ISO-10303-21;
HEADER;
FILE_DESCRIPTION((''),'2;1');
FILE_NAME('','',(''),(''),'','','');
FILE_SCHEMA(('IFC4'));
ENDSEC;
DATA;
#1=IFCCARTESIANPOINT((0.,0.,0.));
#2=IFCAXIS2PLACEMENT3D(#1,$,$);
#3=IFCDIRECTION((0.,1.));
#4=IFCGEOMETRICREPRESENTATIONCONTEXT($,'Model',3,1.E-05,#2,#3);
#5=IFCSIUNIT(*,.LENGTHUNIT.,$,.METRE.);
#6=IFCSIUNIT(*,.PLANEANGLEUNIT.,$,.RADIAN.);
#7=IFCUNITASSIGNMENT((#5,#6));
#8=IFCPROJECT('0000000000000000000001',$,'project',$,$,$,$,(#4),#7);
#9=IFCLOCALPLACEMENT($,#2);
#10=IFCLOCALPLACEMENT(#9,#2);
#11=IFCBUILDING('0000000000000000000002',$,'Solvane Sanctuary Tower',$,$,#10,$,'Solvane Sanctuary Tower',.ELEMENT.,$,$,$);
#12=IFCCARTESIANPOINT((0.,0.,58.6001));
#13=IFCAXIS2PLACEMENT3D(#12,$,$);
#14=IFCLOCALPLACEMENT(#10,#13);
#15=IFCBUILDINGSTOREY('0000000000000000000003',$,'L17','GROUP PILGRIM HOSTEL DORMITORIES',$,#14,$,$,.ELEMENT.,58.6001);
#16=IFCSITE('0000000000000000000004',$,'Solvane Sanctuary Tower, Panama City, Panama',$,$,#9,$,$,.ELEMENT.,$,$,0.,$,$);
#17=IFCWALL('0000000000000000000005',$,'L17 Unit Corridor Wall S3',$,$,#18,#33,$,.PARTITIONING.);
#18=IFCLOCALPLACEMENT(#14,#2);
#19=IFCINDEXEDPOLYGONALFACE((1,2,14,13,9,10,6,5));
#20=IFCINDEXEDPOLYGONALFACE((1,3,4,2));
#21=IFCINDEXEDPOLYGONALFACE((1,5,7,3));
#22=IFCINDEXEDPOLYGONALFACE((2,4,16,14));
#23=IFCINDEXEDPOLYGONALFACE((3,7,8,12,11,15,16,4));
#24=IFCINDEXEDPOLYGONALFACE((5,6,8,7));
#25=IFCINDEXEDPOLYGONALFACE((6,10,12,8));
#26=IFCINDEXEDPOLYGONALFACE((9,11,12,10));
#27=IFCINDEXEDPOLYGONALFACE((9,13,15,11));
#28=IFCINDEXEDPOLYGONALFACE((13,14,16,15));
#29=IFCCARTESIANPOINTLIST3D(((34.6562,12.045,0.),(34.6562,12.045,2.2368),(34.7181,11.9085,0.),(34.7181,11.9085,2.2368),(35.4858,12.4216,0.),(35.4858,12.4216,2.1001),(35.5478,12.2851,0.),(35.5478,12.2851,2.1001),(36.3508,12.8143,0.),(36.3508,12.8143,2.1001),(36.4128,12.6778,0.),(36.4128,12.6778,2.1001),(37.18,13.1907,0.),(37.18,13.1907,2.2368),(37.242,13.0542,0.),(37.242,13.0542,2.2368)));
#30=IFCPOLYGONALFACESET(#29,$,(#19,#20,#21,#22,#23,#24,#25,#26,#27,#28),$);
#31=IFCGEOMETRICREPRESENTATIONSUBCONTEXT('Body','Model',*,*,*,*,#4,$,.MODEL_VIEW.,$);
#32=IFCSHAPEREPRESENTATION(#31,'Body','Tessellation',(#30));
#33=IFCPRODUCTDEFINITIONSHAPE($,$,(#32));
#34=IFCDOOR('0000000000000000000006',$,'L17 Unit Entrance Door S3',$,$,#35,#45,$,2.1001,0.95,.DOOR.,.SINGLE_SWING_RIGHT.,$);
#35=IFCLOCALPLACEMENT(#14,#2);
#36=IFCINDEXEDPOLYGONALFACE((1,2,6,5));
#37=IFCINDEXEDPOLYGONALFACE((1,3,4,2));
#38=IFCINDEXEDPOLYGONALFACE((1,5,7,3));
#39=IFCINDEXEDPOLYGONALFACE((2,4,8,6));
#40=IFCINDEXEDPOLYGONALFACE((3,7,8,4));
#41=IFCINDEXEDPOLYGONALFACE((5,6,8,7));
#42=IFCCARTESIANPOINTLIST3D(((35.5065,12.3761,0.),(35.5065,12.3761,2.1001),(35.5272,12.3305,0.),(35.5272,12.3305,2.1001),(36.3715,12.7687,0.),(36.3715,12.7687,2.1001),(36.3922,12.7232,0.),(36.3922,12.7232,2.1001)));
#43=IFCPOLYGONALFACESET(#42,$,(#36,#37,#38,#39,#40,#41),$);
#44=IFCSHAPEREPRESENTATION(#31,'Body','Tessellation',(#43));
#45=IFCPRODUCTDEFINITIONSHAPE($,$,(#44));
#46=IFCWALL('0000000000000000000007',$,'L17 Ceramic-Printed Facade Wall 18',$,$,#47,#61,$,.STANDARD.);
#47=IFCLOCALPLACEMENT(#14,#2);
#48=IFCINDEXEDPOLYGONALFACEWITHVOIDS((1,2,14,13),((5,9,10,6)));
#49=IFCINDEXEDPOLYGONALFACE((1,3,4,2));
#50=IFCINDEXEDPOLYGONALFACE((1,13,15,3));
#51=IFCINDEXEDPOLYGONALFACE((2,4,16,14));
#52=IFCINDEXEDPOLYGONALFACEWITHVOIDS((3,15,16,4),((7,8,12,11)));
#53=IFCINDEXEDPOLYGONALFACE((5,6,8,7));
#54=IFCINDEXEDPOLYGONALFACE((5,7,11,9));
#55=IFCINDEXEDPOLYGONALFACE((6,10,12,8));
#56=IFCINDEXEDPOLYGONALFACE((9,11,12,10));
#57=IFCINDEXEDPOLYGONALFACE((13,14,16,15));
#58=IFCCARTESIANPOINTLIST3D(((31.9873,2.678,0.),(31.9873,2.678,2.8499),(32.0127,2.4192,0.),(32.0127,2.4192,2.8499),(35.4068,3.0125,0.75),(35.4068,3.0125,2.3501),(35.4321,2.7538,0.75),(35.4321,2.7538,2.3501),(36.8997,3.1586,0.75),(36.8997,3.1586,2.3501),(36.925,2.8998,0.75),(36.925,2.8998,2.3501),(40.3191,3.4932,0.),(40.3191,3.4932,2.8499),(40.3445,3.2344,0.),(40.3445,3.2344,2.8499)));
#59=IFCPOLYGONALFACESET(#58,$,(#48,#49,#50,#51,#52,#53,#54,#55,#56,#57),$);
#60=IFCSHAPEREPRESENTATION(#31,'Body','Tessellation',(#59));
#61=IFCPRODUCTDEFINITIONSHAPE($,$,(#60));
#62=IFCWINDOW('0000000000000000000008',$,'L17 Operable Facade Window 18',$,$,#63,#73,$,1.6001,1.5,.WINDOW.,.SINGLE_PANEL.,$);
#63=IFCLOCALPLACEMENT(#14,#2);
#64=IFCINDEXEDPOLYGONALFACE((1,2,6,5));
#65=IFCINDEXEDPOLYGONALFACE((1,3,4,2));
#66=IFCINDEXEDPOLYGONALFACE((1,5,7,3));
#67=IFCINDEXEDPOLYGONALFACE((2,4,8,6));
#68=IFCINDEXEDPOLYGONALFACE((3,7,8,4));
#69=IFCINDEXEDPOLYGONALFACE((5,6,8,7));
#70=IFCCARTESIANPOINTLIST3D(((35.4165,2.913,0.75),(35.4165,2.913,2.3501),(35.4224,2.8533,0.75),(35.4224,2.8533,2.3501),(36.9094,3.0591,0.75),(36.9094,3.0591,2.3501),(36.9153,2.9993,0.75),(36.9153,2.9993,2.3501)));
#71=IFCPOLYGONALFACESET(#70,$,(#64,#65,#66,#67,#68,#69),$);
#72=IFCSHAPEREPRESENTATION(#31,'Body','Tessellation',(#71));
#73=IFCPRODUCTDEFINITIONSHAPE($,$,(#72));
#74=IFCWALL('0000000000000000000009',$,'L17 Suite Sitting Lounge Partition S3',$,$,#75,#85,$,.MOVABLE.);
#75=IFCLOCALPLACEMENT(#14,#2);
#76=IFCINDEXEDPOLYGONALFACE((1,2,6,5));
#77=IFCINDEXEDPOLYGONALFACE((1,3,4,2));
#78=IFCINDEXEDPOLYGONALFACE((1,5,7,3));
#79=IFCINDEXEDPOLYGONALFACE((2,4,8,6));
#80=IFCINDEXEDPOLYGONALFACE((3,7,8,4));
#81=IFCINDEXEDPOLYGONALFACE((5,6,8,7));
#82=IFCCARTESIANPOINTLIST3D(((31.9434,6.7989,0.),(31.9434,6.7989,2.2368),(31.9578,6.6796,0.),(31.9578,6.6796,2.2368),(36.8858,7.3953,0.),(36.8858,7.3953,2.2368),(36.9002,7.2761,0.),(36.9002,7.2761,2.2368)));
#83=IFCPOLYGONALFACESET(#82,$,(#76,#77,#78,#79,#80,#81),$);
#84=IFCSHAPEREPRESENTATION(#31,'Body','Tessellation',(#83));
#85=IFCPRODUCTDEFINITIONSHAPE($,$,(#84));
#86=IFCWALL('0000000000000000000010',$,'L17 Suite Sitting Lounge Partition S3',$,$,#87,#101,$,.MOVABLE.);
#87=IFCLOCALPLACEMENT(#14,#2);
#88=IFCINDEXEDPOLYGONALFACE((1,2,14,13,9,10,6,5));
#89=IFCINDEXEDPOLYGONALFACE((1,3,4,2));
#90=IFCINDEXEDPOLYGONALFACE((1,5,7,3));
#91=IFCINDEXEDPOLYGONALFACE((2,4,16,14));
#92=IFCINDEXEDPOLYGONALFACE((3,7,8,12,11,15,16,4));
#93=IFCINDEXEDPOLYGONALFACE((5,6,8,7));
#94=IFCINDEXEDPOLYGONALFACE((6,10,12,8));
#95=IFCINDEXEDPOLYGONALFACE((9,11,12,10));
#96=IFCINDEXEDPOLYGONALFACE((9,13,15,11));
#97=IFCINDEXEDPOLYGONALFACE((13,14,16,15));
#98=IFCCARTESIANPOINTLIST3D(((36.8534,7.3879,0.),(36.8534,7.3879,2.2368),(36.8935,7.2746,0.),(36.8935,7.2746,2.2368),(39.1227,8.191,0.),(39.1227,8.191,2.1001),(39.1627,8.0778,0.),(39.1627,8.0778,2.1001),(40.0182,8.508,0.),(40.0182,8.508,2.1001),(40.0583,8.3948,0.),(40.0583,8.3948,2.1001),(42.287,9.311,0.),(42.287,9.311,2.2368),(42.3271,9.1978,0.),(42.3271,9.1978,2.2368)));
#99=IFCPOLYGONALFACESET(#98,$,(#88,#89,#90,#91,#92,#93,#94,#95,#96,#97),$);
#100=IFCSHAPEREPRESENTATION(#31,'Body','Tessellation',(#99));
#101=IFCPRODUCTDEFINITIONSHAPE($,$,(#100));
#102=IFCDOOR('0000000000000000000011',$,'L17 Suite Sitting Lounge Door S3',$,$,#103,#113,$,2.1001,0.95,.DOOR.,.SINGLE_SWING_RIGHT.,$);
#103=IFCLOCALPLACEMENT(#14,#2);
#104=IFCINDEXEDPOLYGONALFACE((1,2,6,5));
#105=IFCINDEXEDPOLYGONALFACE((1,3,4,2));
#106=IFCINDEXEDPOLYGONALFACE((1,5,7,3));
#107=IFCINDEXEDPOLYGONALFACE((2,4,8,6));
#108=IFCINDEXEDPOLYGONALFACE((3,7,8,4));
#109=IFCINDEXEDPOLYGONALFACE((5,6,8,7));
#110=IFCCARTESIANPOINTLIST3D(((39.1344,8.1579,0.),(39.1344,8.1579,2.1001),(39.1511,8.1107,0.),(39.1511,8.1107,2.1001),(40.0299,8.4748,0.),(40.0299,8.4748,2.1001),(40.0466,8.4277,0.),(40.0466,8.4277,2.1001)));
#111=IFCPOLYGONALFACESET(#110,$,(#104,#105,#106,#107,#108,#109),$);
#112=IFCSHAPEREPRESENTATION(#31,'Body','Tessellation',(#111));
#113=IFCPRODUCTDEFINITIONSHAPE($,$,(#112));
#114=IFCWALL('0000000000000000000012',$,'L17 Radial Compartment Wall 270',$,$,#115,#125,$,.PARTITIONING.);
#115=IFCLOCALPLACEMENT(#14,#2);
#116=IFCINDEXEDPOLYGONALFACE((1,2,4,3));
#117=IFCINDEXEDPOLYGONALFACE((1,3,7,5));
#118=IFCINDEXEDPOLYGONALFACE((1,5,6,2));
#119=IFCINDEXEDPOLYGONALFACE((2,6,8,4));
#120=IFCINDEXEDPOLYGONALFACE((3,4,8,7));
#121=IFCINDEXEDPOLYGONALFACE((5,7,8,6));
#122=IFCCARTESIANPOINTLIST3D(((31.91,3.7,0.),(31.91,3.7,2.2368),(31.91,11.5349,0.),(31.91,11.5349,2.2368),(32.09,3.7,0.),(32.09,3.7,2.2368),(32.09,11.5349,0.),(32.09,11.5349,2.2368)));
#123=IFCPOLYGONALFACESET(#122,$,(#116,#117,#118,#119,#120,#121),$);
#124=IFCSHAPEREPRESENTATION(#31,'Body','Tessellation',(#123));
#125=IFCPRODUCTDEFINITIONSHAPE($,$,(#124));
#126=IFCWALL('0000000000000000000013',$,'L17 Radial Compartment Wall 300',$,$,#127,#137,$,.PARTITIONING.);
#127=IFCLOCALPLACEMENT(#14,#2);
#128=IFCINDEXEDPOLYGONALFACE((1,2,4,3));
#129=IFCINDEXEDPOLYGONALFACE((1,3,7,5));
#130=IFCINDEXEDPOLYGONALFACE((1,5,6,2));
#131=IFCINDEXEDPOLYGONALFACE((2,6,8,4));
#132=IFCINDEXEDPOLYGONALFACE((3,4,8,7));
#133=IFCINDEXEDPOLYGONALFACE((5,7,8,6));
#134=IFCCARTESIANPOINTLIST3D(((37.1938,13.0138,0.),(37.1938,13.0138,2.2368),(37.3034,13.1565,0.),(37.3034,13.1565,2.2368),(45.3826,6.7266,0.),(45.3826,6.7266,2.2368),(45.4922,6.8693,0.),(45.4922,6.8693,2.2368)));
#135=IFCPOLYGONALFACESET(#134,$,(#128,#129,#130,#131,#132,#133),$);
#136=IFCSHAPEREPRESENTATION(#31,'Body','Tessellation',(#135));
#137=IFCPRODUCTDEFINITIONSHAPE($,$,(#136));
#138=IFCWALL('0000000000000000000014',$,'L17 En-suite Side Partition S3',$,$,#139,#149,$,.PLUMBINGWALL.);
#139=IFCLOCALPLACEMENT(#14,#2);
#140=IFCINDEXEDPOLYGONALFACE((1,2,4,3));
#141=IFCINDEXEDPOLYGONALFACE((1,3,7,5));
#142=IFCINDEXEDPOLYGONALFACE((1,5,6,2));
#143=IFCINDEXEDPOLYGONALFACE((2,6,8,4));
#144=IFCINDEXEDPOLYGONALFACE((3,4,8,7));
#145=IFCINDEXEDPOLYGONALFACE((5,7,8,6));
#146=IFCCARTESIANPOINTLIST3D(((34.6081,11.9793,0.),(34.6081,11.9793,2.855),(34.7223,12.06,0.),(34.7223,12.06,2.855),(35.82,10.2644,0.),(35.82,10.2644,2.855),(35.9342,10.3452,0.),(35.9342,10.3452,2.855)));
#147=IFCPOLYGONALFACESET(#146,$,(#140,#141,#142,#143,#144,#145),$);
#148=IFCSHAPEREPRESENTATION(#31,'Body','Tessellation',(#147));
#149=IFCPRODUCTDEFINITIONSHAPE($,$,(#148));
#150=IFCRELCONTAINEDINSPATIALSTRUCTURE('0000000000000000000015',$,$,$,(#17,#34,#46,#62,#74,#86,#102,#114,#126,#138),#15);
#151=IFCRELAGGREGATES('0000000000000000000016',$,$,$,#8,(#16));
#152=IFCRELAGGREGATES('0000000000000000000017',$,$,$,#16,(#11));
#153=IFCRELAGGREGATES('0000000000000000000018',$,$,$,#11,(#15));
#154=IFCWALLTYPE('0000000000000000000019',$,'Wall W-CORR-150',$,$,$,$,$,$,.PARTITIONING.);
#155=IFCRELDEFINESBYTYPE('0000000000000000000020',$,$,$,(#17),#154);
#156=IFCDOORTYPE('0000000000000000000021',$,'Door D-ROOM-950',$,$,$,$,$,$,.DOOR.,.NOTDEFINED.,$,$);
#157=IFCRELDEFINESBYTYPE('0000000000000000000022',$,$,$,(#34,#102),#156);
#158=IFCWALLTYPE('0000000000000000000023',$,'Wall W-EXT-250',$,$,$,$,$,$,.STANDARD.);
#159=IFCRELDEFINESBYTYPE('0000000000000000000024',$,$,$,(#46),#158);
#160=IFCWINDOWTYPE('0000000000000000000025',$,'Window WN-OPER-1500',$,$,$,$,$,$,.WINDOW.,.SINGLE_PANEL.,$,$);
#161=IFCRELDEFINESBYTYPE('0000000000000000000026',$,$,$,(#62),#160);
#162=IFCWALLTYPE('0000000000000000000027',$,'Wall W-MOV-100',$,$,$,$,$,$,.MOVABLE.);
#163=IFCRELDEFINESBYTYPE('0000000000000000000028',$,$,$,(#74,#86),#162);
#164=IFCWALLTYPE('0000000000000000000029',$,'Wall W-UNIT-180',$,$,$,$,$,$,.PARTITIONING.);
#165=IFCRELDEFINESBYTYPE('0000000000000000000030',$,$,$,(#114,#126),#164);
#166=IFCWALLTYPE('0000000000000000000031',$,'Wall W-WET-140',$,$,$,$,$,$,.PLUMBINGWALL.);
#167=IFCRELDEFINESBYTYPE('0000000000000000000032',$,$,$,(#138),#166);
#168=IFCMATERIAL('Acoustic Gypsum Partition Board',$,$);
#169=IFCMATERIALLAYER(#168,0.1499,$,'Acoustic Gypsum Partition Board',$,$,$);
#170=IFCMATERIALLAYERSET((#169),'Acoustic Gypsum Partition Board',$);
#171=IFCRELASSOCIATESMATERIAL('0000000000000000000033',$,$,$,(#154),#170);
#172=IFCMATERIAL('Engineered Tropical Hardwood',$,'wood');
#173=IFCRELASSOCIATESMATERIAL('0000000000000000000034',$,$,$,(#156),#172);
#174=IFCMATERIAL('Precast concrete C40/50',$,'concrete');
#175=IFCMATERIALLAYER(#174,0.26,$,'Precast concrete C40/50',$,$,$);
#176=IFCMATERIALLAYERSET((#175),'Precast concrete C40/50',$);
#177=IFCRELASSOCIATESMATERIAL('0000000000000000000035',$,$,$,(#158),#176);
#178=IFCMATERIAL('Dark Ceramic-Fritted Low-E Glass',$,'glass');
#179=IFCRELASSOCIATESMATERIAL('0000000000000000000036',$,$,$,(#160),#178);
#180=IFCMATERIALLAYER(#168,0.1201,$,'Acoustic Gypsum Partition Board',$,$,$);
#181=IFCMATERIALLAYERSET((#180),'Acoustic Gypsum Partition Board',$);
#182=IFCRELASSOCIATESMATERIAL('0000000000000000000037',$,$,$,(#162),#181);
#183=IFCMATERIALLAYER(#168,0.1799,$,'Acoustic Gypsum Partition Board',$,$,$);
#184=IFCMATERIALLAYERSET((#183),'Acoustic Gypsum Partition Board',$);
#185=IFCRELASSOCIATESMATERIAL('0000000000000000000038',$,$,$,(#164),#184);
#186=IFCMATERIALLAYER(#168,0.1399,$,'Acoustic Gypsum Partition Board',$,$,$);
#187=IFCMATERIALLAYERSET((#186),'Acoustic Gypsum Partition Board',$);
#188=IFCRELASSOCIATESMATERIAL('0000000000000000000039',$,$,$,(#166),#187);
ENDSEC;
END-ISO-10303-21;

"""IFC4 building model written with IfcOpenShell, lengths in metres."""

from ifc_helpers import new_model, si_unit, direction, frame, frame_2d, origin, place, context, subcontext, project, spatial, rectangle, extrude, material, layer, layer_set, type_object, element, fill, save


model = new_model("IFC4")

# Units and contexts
model_context = context("Model", 3, precision=1e-05, world=origin(), true_north=direction((0.0, 1.0)))
body_context = subcontext(model_context, "Body", "Model", "MODEL_VIEW")
ifc_project = project(units=[si_unit("LENGTHUNIT", "METRE"), si_unit("PLANEANGLEUNIT", "RADIAN")], contexts=[model_context])

# Site, building, storey
site_placement = place(None, origin())
site = spatial("IfcSite", under=ifc_project, at=site_placement, Name="Solvane Sanctuary Tower, Panama City, Panama", CompositionType="ELEMENT", RefElevation=0.0)
building_placement = place(site_placement, origin())
building = spatial("IfcBuilding", under=site, at=building_placement, Name="Solvane Sanctuary Tower", LongName="Solvane Sanctuary Tower", CompositionType="ELEMENT")
storey_placement = place(building_placement, frame((0.0, 0.0, 58.6001)))
storey = spatial("IfcBuildingStorey", under=building, at=storey_placement, Name="L17", Description="GROUP PILGRIM HOSTEL DORMITORIES", CompositionType="ELEMENT", Elevation=58.6001)

# Shared definitions
ifc_material_1 = material(Name="Acoustic Gypsum Partition Board")
ifc_layer_1 = layer(ifc_material_1, 0.1499, Name="Acoustic Gypsum Partition Board")
ifc_layer_set_1 = layer_set([ifc_layer_1], Name="Acoustic Gypsum Partition Board")
wall_type_1 = type_object("IfcWallType", Name="Wall W-CORR-150", PredefinedType="PARTITIONING", material=ifc_layer_set_1)

# Shared definitions
ifc_material_2 = material(Name="Engineered Tropical Hardwood", Category="wood")

# Wall, opening, door
wall_1_placement = place(storey_placement, frame((34.6873, 11.9768, 0.0), z_axis=(0.0, 0.0, 1.0), x_axis=(0.910568, 0.413358, 0.0)))
wall_1 = element("IfcWall", 1, at=wall_1_placement, inside=storey, type_object=wall_type_1, Name="L17 Unit Corridor Wall S3", PredefinedType="PARTITIONING", context=body_context, shape_type="SweptSolid", body=[
    extrude(rectangle(XDim=2.7717, YDim=0.1499, at=frame_2d((1.3857, 0.0))), origin(), (0.0, 0.0, 1.0), 2.2368),
])
opening_1_placement = place(wall_1_placement, frame((0.9109, 0.0, 0.0)))
opening_1 = element("IfcOpeningElement", 2, at=opening_1_placement, cuts=wall_1, PredefinedType="OPENING", context=body_context, shape_type="SweptSolid", body=[
    extrude(rectangle(XDim=0.95, YDim=2.1001, at=frame_2d((0.4751, 1.05))), frame((0.0, 0.085, 0.0), z_axis=(0.0, -1.0, 0.0), x_axis=(1.0, 0.0, 0.0)), (0.0, 0.0, 1.0), 0.1699),
])
door_type_1 = type_object("IfcDoorType", Name="Door D-ROOM-950", OperationType="NOTDEFINED", PredefinedType="DOOR", material=ifc_material_2)
door_1_placement = place(opening_1_placement, origin())
door_1 = element("IfcDoor", 3, at=door_1_placement, inside=storey, type_object=door_type_1, Name="L17 Unit Entrance Door S3", OperationType="SINGLE_SWING_RIGHT", OverallHeight=2.1001, OverallWidth=0.95, PredefinedType="DOOR", context=body_context, shape_type="SweptSolid", body=[
    extrude(rectangle(XDim=0.95, YDim=2.1001, at=frame_2d((0.4751, 1.05))), frame((0.0, 0.0249, 0.0), z_axis=(0.0, -1.0, 0.0), x_axis=(1.0, 0.0, 0.0)), (0.0, 0.0, 1.0), 0.05),
])
fill(opening_1, door_1)

# Wall, opening, window
ifc_material_3 = material(Name="Precast concrete C40/50", Category="concrete")
ifc_layer_2 = layer(ifc_material_3, 0.26, Name="Precast concrete C40/50")
ifc_layer_set_2 = layer_set([ifc_layer_2], Name="Precast concrete C40/50")
wall_type_2 = type_object("IfcWallType", Name="Wall W-EXT-250", PredefinedType="STANDARD", material=ifc_layer_set_2)
wall_2_placement = place(storey_placement, frame((32.0, 2.5486, 0.0), z_axis=(0.0, 0.0, 1.0), x_axis=(0.995248, 0.097375, 0.0)))
wall_2 = element("IfcWall", 4, at=wall_2_placement, inside=storey, type_object=wall_type_2, Name="L17 Ceramic-Printed Facade Wall 18", PredefinedType="STANDARD", context=body_context, shape_type="SweptSolid", body=[
    extrude(rectangle(XDim=8.3716, YDim=0.26, at=frame_2d((4.1858, 0.0))), origin(), (0.0, 0.0, 1.0), 2.8499),
])
opening_2_placement = place(wall_2_placement, frame((3.4358, 0.0, 0.75)))
opening_2 = element("IfcOpeningElement", 5, at=opening_2_placement, cuts=wall_2, PredefinedType="OPENING", context=body_context, shape_type="SweptSolid", body=[
    extrude(rectangle(XDim=1.5, YDim=1.6001, at=frame_2d((0.75, 0.8))), frame((0.0, 0.1399, 0.0), z_axis=(0.0, -1.0, 0.0), x_axis=(1.0, 0.0, 0.0)), (0.0, 0.0, 1.0), 0.28),
])
ifc_material_4 = material(Name="Dark Ceramic-Fritted Low-E Glass", Category="glass")
window_type = type_object("IfcWindowType", Name="Window WN-OPER-1500", PartitioningType="SINGLE_PANEL", PredefinedType="WINDOW", material=ifc_material_4)
window_placement = place(opening_2_placement, origin())
window = element("IfcWindow", 6, at=window_placement, inside=storey, type_object=window_type, Name="L17 Operable Facade Window 18", OverallHeight=1.6001, OverallWidth=1.5, PartitioningType="SINGLE_PANEL", PredefinedType="WINDOW", context=body_context, shape_type="SweptSolid", body=[
    extrude(rectangle(XDim=1.5, YDim=1.6001, at=frame_2d((0.75, 0.8))), frame((0.0, 0.03, 0.0), z_axis=(0.0, -1.0, 0.0), x_axis=(1.0, 0.0, 0.0)), (0.0, 0.0, 1.0), 0.0601),
])
fill(opening_2, window)

# Wall
ifc_layer_3 = layer(ifc_material_1, 0.1201, Name="Acoustic Gypsum Partition Board")
ifc_layer_set_3 = layer_set([ifc_layer_3], Name="Acoustic Gypsum Partition Board")
wall_type_3 = type_object("IfcWallType", Name="Wall W-MOV-100", PredefinedType="MOVABLE", material=ifc_layer_set_3)
wall_3_placement = place(storey_placement, frame((31.9504, 6.7393, 0.0), z_axis=(0.0, 0.0, 1.0), x_axis=(0.992797, 0.119808, 0.0)))
element("IfcWall", 7, at=wall_3_placement, inside=storey, type_object=wall_type_3, Name="L17 Suite Sitting Lounge Partition S3", PredefinedType="MOVABLE", context=body_context, shape_type="SweptSolid", body=[
    extrude(rectangle(XDim=4.9783, YDim=0.1201, at=frame_2d((2.4893, 0.0))), origin(), (0.0, 0.0, 1.0), 2.2368),
])

# Wall, opening, door
wall_4_placement = place(storey_placement, frame((36.8735, 7.3313, 0.0), z_axis=(0.0, 0.0, 1.0), x_axis=(0.942698, 0.333646, 0.0)))
wall_4 = element("IfcWall", 8, at=wall_4_placement, inside=storey, type_object=wall_type_3, Name="L17 Suite Sitting Lounge Partition S3", PredefinedType="MOVABLE", context=body_context, shape_type="SweptSolid", body=[
    extrude(rectangle(XDim=5.7639, YDim=0.1201, at=frame_2d((2.8818, 0.0))), origin(), (0.0, 0.0, 1.0), 2.2368),
])
opening_3_placement = place(wall_4_placement, frame((2.407, 0.0, 0.0)))
opening_3 = element("IfcOpeningElement", 9, at=opening_3_placement, cuts=wall_4, PredefinedType="OPENING", context=body_context, shape_type="SweptSolid", body=[
    extrude(rectangle(XDim=0.95, YDim=2.1001, at=frame_2d((0.4751, 1.05))), frame((0.0, 0.0701, 0.0), z_axis=(0.0, -1.0, 0.0), x_axis=(1.0, 0.0, 0.0)), (0.0, 0.0, 1.0), 0.1401),
])
door_2_placement = place(opening_3_placement, origin())
door_2 = element("IfcDoor", 10, at=door_2_placement, inside=storey, type_object=door_type_1, Name="L17 Suite Sitting Lounge Door S3", OperationType="SINGLE_SWING_RIGHT", OverallHeight=2.1001, OverallWidth=0.95, PredefinedType="DOOR", context=body_context, shape_type="SweptSolid", body=[
    extrude(rectangle(XDim=0.95, YDim=2.1001, at=frame_2d((0.4751, 1.05))), frame((0.0, 0.0249, 0.0), z_axis=(0.0, -1.0, 0.0), x_axis=(1.0, 0.0, 0.0)), (0.0, 0.0, 1.0), 0.05),
])
fill(opening_3, door_2)

# Walls
ifc_layer_4 = layer(ifc_material_1, 0.1799, Name="Acoustic Gypsum Partition Board")
ifc_layer_set_4 = layer_set([ifc_layer_4], Name="Acoustic Gypsum Partition Board")
wall_type_4 = type_object("IfcWallType", Name="Wall W-UNIT-180", PredefinedType="PARTITIONING", material=ifc_layer_set_4)
wall_5_placement = place(storey_placement, frame((32.0, 11.5349, 0.0), z_axis=(0.0, 0.0, 1.0), x_axis=(0.0, -1.0, 0.0)))
element("IfcWall", 11, at=wall_5_placement, inside=storey, type_object=wall_type_4, Name="L17 Radial Compartment Wall 270", PredefinedType="PARTITIONING", context=body_context, shape_type="SweptSolid", body=[
    extrude(rectangle(XDim=7.835, YDim=0.1799, at=frame_2d((3.9175, 0.0))), origin(), (0.0, 0.0, 1.0), 2.2368),
])
wall_6_placement = place(storey_placement, frame((37.2485, 13.0852, 0.0), z_axis=(0.0, 0.0, 1.0), x_axis=(0.793181, -0.608986, 0.0)))
element("IfcWall", 12, at=wall_6_placement, inside=storey, type_object=wall_type_4, Name="L17 Radial Compartment Wall 300", PredefinedType="PARTITIONING", context=body_context, shape_type="SweptSolid", body=[
    extrude(rectangle(XDim=10.324, YDim=0.1799, at=frame_2d((5.1621, 0.0))), origin(), (0.0, 0.0, 1.0), 2.2368),
])
ifc_layer_5 = layer(ifc_material_1, 0.1399, Name="Acoustic Gypsum Partition Board")
ifc_layer_set_5 = layer_set([ifc_layer_5], Name="Acoustic Gypsum Partition Board")
wall_type_5 = type_object("IfcWallType", Name="Wall W-WET-140", PredefinedType="PLUMBINGWALL", material=ifc_layer_set_5)
wall_7_placement = place(storey_placement, frame((34.6653, 12.0195, 0.0), z_axis=(0.0, 0.0, 1.0), x_axis=(0.57714, -0.816646, 0.0)))
element("IfcWall", 13, at=wall_7_placement, inside=storey, type_object=wall_type_5, Name="L17 En-suite Side Partition S3", PredefinedType="PLUMBINGWALL", context=body_context, shape_type="SweptSolid", body=[
    extrude(rectangle(XDim=2.0999, YDim=0.1399, at=frame_2d((1.0498, 0.0))), origin(), (0.0, 0.0, 1.0), 2.855),
])

save(model, "model.ifc")
